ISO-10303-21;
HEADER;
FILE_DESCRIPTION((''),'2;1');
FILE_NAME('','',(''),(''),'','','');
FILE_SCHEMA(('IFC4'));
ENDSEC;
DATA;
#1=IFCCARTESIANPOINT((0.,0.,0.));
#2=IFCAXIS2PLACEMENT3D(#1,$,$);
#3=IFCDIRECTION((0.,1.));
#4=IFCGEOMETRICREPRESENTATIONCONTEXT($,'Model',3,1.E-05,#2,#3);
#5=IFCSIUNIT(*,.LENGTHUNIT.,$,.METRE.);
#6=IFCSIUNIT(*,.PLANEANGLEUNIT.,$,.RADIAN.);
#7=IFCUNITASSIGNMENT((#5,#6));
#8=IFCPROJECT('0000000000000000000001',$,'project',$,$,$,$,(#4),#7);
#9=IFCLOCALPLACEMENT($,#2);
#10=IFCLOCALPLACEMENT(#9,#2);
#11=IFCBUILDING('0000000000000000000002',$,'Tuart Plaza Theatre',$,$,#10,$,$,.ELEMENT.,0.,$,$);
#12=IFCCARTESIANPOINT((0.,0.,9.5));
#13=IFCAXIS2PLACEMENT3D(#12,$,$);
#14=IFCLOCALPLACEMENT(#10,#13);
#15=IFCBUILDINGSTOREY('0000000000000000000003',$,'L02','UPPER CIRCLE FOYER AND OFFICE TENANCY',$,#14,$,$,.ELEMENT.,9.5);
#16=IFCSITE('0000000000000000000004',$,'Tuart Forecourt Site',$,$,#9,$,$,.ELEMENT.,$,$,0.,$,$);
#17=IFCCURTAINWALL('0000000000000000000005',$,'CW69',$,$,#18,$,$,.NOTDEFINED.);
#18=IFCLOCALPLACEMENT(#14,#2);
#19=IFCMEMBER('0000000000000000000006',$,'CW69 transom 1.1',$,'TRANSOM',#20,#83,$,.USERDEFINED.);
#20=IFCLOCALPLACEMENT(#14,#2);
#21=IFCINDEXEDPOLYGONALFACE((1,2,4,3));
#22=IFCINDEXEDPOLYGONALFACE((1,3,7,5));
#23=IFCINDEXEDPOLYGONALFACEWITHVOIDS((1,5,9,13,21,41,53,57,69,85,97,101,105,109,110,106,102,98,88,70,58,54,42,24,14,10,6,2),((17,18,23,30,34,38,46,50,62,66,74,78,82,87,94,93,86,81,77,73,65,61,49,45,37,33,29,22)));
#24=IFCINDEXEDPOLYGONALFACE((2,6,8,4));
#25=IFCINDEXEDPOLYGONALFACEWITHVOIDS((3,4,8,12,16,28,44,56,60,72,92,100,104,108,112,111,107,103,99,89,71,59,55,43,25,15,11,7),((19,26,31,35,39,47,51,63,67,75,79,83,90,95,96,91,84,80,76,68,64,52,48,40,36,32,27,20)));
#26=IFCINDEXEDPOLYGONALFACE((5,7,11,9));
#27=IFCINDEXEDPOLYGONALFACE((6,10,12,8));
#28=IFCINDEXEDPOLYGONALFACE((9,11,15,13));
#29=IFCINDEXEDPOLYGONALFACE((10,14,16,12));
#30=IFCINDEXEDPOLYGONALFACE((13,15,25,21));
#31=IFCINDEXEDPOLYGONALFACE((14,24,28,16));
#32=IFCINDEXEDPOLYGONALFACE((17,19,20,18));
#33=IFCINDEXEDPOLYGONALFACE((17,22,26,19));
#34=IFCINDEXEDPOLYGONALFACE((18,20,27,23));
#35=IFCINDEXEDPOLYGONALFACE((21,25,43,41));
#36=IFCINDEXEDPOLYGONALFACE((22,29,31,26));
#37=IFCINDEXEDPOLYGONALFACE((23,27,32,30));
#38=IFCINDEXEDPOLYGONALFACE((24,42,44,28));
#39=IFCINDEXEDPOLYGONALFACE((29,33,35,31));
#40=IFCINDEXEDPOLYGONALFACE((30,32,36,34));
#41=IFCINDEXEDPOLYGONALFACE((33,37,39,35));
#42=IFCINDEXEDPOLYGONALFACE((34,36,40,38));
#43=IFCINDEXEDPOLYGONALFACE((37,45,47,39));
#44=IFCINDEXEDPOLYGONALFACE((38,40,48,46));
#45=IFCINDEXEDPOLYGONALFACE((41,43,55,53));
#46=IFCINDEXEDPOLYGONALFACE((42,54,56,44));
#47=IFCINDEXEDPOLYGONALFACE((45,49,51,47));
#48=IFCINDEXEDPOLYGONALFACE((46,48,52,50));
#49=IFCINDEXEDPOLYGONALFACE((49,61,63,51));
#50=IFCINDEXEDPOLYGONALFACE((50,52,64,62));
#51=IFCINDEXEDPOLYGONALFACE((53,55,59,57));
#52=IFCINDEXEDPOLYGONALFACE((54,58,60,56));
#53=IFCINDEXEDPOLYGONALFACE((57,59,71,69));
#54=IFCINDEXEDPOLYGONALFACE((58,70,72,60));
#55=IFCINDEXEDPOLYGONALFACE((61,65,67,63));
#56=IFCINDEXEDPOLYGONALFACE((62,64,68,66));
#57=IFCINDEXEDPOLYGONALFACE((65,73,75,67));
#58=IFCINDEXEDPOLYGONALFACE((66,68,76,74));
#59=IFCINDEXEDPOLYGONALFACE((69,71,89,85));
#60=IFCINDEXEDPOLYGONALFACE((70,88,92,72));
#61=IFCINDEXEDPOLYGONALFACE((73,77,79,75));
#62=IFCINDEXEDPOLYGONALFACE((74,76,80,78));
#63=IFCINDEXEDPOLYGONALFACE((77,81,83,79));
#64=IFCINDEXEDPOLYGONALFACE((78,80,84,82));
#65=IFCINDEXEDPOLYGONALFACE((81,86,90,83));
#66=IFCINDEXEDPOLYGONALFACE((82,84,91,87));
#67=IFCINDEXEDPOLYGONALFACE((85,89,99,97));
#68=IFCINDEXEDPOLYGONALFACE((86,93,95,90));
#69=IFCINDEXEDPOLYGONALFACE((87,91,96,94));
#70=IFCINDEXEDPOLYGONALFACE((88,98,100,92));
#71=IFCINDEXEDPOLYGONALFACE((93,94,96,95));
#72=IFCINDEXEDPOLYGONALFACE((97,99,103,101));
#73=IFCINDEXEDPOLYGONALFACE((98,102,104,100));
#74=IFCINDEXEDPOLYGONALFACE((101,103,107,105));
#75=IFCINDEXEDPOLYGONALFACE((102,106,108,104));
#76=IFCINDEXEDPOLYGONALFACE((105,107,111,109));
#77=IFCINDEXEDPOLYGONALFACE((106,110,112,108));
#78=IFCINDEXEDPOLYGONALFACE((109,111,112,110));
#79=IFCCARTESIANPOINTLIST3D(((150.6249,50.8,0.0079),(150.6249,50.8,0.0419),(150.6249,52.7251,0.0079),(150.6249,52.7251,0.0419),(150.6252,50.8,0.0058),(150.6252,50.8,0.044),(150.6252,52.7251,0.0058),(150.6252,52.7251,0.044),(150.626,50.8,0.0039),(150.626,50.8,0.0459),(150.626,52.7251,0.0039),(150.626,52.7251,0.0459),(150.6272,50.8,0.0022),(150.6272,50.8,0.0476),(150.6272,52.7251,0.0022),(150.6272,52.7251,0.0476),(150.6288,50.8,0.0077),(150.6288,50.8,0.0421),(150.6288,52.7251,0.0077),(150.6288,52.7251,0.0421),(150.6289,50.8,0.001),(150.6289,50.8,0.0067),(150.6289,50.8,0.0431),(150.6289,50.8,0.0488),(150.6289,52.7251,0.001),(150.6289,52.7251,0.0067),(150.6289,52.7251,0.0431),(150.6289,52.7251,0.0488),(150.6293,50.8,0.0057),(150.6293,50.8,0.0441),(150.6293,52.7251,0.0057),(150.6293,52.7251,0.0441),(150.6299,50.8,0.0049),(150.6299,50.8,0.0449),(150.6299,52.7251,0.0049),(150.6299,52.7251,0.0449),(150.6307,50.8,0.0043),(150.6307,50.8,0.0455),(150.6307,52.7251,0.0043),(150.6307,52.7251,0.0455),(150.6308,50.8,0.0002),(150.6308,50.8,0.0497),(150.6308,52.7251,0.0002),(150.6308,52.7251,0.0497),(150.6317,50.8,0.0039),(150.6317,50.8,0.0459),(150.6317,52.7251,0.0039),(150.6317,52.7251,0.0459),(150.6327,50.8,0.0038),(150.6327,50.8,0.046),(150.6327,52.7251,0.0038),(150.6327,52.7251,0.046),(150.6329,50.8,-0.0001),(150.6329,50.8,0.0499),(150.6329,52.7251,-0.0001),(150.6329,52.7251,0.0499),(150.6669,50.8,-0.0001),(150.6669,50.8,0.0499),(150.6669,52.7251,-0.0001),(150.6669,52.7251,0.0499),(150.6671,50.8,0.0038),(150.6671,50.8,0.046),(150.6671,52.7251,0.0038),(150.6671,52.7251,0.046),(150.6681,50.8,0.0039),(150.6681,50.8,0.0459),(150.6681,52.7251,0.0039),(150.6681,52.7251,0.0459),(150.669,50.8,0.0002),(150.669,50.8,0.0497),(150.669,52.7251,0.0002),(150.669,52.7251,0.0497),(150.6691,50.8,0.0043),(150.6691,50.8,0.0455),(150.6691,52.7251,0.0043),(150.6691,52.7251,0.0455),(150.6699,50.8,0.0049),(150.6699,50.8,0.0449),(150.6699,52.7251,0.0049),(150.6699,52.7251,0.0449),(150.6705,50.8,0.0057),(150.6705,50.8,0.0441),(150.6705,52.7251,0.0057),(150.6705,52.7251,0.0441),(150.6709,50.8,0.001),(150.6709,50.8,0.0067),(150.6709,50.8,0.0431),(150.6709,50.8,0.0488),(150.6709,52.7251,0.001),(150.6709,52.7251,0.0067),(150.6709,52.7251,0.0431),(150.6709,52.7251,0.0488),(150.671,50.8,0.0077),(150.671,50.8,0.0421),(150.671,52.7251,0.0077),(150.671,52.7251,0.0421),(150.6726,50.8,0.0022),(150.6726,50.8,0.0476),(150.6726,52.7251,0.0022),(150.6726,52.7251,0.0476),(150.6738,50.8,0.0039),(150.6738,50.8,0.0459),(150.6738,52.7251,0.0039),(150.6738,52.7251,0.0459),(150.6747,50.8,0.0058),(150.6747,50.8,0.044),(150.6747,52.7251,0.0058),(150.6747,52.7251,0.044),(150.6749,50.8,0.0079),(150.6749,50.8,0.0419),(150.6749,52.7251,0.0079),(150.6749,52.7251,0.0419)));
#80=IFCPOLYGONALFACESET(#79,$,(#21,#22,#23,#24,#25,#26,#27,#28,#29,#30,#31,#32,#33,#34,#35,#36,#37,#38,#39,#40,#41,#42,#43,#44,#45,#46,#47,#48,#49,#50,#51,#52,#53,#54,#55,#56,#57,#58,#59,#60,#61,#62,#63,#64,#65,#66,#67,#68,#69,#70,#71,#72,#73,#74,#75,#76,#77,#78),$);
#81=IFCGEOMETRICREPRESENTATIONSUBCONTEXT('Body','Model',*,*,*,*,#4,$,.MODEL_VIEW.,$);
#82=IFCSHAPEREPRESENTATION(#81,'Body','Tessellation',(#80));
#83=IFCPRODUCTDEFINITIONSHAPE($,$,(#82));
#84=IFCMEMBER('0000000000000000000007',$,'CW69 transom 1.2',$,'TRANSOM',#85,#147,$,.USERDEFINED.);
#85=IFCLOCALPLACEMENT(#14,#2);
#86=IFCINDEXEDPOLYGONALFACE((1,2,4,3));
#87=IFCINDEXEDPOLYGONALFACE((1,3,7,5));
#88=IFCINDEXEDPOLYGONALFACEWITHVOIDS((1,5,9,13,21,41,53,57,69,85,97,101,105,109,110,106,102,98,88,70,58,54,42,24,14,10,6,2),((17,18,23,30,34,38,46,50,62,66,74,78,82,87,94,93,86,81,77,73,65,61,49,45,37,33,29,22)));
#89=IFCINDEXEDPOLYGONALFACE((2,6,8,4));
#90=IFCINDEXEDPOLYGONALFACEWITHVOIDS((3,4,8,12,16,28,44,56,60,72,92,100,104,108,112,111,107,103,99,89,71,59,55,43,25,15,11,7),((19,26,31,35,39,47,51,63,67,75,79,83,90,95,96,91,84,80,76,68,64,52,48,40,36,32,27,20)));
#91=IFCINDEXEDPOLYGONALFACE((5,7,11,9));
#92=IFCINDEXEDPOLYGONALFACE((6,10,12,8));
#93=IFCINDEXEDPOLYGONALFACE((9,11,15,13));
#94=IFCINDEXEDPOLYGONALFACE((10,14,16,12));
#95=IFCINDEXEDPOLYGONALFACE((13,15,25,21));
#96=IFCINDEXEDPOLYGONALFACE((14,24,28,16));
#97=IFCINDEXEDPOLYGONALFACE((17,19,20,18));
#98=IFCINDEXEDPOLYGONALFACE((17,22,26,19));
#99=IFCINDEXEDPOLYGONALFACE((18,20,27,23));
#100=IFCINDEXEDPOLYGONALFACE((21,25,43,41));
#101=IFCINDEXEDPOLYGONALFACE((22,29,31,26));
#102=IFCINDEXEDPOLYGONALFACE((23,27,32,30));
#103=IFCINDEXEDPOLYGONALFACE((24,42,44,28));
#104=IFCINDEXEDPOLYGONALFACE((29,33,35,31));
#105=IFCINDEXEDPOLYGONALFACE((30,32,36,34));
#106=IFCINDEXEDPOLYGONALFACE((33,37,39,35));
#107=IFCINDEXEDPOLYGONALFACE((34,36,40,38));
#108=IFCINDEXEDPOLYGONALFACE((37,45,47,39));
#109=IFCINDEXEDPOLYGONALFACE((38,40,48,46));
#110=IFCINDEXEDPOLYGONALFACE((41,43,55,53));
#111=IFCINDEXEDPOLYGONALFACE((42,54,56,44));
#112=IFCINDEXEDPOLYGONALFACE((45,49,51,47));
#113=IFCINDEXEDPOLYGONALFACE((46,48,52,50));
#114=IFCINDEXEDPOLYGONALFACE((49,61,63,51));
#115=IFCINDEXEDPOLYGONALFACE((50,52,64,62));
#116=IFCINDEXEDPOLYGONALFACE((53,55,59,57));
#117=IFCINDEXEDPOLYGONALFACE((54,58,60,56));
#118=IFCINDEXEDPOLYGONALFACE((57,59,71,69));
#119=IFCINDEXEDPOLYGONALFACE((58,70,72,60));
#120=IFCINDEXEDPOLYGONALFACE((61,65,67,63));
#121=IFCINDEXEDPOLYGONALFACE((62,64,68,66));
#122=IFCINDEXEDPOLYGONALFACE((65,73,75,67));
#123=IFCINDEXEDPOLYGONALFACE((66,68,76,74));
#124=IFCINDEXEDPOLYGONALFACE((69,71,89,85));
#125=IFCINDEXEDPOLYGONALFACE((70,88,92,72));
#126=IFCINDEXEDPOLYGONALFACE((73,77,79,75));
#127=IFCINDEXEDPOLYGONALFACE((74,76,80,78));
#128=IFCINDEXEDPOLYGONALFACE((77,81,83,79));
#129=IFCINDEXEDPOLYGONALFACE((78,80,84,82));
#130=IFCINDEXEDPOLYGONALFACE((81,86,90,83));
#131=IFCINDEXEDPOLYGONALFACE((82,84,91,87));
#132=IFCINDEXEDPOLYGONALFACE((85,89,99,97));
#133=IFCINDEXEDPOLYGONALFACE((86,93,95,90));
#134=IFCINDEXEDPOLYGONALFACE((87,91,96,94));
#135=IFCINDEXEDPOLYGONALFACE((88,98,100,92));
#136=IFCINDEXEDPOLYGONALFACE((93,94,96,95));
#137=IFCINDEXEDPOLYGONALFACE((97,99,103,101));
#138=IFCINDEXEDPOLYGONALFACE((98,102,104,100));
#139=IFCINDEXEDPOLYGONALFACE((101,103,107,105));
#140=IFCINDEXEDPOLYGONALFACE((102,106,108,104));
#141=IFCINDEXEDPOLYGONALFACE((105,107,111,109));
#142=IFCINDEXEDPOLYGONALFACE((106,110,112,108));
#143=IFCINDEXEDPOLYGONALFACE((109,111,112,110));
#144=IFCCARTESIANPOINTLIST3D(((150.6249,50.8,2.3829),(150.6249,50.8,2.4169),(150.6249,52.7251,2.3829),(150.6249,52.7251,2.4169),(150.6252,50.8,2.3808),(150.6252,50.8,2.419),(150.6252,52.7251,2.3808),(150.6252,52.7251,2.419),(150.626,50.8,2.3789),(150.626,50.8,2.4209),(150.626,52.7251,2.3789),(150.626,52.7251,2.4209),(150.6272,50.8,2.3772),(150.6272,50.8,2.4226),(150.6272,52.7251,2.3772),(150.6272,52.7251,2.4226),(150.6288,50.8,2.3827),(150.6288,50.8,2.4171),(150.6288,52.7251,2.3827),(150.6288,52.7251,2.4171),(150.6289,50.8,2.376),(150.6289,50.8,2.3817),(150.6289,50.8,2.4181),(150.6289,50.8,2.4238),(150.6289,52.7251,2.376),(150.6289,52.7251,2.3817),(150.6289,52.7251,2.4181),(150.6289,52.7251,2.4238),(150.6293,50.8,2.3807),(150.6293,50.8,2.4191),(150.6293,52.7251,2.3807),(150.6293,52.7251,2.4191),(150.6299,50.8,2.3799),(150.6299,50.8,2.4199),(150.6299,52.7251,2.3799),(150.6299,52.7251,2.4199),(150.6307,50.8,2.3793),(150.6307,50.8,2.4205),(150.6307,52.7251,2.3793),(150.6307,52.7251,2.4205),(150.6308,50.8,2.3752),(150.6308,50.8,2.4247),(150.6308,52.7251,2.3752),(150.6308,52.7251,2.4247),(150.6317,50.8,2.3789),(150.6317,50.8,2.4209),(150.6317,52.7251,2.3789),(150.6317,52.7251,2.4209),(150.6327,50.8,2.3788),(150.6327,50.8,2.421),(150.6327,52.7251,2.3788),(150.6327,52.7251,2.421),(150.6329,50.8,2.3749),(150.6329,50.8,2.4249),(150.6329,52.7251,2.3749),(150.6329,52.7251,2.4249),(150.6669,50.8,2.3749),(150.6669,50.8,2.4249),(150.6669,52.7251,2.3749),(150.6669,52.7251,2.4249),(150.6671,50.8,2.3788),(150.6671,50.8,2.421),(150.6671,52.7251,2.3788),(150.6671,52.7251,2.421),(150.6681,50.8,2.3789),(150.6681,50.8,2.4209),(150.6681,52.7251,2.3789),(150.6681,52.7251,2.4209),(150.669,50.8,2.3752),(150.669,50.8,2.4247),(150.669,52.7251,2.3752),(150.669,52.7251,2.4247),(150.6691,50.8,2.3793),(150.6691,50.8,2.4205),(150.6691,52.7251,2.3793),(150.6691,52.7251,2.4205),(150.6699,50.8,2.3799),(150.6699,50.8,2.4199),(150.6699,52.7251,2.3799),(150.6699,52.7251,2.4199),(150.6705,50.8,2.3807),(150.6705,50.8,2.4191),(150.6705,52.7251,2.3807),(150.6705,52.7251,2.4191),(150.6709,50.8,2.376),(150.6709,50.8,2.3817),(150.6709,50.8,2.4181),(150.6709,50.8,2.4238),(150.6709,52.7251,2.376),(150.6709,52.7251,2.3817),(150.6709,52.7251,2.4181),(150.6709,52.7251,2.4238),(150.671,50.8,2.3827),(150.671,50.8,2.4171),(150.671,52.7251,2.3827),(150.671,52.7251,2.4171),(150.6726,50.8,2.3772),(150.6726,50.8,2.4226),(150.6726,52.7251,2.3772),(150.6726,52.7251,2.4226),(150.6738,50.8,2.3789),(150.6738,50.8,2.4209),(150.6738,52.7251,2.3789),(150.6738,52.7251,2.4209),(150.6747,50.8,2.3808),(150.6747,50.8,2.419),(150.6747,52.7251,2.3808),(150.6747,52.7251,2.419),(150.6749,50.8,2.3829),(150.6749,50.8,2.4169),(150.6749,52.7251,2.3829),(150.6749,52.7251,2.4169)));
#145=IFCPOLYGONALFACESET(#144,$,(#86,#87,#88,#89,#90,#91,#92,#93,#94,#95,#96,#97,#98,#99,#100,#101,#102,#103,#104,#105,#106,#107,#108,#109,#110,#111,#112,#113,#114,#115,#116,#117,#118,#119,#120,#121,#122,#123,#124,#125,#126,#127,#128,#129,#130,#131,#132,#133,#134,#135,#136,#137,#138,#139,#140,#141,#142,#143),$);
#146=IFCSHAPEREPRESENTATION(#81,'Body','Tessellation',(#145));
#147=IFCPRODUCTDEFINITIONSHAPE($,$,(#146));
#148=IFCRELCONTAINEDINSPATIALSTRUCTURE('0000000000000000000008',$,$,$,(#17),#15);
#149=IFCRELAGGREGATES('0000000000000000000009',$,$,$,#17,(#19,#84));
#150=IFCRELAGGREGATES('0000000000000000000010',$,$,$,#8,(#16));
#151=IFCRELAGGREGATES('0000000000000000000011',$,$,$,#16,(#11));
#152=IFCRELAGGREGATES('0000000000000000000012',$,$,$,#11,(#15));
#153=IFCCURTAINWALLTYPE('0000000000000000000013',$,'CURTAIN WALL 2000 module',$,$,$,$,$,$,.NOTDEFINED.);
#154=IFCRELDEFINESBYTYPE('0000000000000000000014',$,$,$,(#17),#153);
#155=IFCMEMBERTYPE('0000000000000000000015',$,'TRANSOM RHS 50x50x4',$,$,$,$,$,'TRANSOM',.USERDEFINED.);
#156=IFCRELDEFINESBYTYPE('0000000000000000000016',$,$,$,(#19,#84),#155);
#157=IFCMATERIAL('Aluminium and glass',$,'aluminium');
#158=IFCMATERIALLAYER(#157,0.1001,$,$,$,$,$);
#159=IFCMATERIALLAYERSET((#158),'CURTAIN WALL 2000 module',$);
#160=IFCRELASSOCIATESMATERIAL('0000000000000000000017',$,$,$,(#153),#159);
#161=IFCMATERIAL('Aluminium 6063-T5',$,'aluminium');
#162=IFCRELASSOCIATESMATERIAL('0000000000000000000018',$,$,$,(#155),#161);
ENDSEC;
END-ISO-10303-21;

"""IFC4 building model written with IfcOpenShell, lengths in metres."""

from ifc_helpers import new_model, si_unit, direction, frame, origin, origin_2d, place, context, subcontext, project, spatial, hollow_rectangle, extrude, material, layer, layer_set, material_profile, profile_set, type_object, element, aggregate, save


model = new_model("IFC4")

# Units and contexts
model_context = context("Model", 3, precision=1e-05, world=origin(), true_north=direction((0.0, 1.0)))
body_context = subcontext(model_context, "Body", "Model", "MODEL_VIEW")
ifc_project = project(units=[si_unit("LENGTHUNIT", "METRE"), si_unit("PLANEANGLEUNIT", "RADIAN")], contexts=[model_context])

# Site, building, storey
site_placement = place(None, origin())
site = spatial("IfcSite", under=ifc_project, at=site_placement, Name="Tuart Forecourt Site", CompositionType="ELEMENT", RefElevation=0.0)
building_placement = place(site_placement, origin())
building = spatial("IfcBuilding", under=site, at=building_placement, Name="Tuart Plaza Theatre", CompositionType="ELEMENT", ElevationOfRefHeight=0.0)
storey_placement = place(building_placement, frame((0.0, 0.0, 9.5)))
storey = spatial("IfcBuildingStorey", under=building, at=storey_placement, Name="L02", Description="UPPER CIRCLE FOYER AND OFFICE TENANCY", CompositionType="ELEMENT", Elevation=9.5)

# Shared definitions
ifc_material_1 = material(Name="Aluminium and glass", Category="aluminium")
ifc_layer_1 = layer(ifc_material_1, 0.1001)
ifc_layer_set_1 = layer_set([ifc_layer_1], Name="CURTAIN WALL 2000 module")
curtain_wall_type = type_object("IfcCurtainWallType", Name="CURTAIN WALL 2000 module", PredefinedType="NOTDEFINED", material=ifc_layer_set_1)

# Curtain wall
curtain_wall_1_placement = place(storey_placement, origin())
curtain_wall_1 = element("IfcCurtainWall", 1, at=curtain_wall_1_placement, inside=storey, type_object=curtain_wall_type, Name="CW69", PredefinedType="NOTDEFINED")

# Members
ifc_material_2 = material(Name="Aluminium 6063-T5", Category="aluminium")
ifc_material_profile_1 = material_profile(ifc_material_2, hollow_rectangle(XDim=0.05, YDim=0.05, WallThickness=0.0039, InnerFilletRadius=0.0039, OuterFilletRadius=0.0081, at=origin_2d()), Name="RHS 50x50x4")
ifc_profile_set_1 = profile_set([ifc_material_profile_1], Name="Aluminium 6063-T5")
member_type_1 = type_object("IfcMemberType", Name="TRANSOM RHS 50x50x4", ElementType="TRANSOM", PredefinedType="USERDEFINED", material=ifc_profile_set_1)
member_1_placement = place(storey_placement, frame((150.6499, 50.8, 0.0249), z_axis=(0.0, 1.0, 0.0), x_axis=(-1.0, 0.0, 0.0)))
member_1 = element("IfcMember", 2, at=member_1_placement, type_object=member_type_1, Name="CW69 transom 1.1", ObjectType="TRANSOM", PredefinedType="USERDEFINED", context=body_context, shape_type="SweptSolid", body=[
    extrude(hollow_rectangle(XDim=0.05, YDim=0.05, WallThickness=0.0039, InnerFilletRadius=0.0039, OuterFilletRadius=0.0081, at=origin_2d()), origin(), (0.0, 0.0, 1.0), 1.925),
])
member_2_placement = place(storey_placement, frame((150.6499, 50.8, 2.3999), z_axis=(0.0, 1.0, 0.0), x_axis=(-1.0, 0.0, 0.0)))
member_2 = element("IfcMember", 3, at=member_2_placement, type_object=member_type_1, Name="CW69 transom 1.2", ObjectType="TRANSOM", PredefinedType="USERDEFINED", context=body_context, shape_type="SweptSolid", body=[
    extrude(hollow_rectangle(XDim=0.05, YDim=0.05, WallThickness=0.0039, InnerFilletRadius=0.0039, OuterFilletRadius=0.0081, at=origin_2d()), origin(), (0.0, 0.0, 1.0), 1.925),
])

aggregate(curtain_wall_1, [member_1, member_2])

save(model, "model.ifc")
